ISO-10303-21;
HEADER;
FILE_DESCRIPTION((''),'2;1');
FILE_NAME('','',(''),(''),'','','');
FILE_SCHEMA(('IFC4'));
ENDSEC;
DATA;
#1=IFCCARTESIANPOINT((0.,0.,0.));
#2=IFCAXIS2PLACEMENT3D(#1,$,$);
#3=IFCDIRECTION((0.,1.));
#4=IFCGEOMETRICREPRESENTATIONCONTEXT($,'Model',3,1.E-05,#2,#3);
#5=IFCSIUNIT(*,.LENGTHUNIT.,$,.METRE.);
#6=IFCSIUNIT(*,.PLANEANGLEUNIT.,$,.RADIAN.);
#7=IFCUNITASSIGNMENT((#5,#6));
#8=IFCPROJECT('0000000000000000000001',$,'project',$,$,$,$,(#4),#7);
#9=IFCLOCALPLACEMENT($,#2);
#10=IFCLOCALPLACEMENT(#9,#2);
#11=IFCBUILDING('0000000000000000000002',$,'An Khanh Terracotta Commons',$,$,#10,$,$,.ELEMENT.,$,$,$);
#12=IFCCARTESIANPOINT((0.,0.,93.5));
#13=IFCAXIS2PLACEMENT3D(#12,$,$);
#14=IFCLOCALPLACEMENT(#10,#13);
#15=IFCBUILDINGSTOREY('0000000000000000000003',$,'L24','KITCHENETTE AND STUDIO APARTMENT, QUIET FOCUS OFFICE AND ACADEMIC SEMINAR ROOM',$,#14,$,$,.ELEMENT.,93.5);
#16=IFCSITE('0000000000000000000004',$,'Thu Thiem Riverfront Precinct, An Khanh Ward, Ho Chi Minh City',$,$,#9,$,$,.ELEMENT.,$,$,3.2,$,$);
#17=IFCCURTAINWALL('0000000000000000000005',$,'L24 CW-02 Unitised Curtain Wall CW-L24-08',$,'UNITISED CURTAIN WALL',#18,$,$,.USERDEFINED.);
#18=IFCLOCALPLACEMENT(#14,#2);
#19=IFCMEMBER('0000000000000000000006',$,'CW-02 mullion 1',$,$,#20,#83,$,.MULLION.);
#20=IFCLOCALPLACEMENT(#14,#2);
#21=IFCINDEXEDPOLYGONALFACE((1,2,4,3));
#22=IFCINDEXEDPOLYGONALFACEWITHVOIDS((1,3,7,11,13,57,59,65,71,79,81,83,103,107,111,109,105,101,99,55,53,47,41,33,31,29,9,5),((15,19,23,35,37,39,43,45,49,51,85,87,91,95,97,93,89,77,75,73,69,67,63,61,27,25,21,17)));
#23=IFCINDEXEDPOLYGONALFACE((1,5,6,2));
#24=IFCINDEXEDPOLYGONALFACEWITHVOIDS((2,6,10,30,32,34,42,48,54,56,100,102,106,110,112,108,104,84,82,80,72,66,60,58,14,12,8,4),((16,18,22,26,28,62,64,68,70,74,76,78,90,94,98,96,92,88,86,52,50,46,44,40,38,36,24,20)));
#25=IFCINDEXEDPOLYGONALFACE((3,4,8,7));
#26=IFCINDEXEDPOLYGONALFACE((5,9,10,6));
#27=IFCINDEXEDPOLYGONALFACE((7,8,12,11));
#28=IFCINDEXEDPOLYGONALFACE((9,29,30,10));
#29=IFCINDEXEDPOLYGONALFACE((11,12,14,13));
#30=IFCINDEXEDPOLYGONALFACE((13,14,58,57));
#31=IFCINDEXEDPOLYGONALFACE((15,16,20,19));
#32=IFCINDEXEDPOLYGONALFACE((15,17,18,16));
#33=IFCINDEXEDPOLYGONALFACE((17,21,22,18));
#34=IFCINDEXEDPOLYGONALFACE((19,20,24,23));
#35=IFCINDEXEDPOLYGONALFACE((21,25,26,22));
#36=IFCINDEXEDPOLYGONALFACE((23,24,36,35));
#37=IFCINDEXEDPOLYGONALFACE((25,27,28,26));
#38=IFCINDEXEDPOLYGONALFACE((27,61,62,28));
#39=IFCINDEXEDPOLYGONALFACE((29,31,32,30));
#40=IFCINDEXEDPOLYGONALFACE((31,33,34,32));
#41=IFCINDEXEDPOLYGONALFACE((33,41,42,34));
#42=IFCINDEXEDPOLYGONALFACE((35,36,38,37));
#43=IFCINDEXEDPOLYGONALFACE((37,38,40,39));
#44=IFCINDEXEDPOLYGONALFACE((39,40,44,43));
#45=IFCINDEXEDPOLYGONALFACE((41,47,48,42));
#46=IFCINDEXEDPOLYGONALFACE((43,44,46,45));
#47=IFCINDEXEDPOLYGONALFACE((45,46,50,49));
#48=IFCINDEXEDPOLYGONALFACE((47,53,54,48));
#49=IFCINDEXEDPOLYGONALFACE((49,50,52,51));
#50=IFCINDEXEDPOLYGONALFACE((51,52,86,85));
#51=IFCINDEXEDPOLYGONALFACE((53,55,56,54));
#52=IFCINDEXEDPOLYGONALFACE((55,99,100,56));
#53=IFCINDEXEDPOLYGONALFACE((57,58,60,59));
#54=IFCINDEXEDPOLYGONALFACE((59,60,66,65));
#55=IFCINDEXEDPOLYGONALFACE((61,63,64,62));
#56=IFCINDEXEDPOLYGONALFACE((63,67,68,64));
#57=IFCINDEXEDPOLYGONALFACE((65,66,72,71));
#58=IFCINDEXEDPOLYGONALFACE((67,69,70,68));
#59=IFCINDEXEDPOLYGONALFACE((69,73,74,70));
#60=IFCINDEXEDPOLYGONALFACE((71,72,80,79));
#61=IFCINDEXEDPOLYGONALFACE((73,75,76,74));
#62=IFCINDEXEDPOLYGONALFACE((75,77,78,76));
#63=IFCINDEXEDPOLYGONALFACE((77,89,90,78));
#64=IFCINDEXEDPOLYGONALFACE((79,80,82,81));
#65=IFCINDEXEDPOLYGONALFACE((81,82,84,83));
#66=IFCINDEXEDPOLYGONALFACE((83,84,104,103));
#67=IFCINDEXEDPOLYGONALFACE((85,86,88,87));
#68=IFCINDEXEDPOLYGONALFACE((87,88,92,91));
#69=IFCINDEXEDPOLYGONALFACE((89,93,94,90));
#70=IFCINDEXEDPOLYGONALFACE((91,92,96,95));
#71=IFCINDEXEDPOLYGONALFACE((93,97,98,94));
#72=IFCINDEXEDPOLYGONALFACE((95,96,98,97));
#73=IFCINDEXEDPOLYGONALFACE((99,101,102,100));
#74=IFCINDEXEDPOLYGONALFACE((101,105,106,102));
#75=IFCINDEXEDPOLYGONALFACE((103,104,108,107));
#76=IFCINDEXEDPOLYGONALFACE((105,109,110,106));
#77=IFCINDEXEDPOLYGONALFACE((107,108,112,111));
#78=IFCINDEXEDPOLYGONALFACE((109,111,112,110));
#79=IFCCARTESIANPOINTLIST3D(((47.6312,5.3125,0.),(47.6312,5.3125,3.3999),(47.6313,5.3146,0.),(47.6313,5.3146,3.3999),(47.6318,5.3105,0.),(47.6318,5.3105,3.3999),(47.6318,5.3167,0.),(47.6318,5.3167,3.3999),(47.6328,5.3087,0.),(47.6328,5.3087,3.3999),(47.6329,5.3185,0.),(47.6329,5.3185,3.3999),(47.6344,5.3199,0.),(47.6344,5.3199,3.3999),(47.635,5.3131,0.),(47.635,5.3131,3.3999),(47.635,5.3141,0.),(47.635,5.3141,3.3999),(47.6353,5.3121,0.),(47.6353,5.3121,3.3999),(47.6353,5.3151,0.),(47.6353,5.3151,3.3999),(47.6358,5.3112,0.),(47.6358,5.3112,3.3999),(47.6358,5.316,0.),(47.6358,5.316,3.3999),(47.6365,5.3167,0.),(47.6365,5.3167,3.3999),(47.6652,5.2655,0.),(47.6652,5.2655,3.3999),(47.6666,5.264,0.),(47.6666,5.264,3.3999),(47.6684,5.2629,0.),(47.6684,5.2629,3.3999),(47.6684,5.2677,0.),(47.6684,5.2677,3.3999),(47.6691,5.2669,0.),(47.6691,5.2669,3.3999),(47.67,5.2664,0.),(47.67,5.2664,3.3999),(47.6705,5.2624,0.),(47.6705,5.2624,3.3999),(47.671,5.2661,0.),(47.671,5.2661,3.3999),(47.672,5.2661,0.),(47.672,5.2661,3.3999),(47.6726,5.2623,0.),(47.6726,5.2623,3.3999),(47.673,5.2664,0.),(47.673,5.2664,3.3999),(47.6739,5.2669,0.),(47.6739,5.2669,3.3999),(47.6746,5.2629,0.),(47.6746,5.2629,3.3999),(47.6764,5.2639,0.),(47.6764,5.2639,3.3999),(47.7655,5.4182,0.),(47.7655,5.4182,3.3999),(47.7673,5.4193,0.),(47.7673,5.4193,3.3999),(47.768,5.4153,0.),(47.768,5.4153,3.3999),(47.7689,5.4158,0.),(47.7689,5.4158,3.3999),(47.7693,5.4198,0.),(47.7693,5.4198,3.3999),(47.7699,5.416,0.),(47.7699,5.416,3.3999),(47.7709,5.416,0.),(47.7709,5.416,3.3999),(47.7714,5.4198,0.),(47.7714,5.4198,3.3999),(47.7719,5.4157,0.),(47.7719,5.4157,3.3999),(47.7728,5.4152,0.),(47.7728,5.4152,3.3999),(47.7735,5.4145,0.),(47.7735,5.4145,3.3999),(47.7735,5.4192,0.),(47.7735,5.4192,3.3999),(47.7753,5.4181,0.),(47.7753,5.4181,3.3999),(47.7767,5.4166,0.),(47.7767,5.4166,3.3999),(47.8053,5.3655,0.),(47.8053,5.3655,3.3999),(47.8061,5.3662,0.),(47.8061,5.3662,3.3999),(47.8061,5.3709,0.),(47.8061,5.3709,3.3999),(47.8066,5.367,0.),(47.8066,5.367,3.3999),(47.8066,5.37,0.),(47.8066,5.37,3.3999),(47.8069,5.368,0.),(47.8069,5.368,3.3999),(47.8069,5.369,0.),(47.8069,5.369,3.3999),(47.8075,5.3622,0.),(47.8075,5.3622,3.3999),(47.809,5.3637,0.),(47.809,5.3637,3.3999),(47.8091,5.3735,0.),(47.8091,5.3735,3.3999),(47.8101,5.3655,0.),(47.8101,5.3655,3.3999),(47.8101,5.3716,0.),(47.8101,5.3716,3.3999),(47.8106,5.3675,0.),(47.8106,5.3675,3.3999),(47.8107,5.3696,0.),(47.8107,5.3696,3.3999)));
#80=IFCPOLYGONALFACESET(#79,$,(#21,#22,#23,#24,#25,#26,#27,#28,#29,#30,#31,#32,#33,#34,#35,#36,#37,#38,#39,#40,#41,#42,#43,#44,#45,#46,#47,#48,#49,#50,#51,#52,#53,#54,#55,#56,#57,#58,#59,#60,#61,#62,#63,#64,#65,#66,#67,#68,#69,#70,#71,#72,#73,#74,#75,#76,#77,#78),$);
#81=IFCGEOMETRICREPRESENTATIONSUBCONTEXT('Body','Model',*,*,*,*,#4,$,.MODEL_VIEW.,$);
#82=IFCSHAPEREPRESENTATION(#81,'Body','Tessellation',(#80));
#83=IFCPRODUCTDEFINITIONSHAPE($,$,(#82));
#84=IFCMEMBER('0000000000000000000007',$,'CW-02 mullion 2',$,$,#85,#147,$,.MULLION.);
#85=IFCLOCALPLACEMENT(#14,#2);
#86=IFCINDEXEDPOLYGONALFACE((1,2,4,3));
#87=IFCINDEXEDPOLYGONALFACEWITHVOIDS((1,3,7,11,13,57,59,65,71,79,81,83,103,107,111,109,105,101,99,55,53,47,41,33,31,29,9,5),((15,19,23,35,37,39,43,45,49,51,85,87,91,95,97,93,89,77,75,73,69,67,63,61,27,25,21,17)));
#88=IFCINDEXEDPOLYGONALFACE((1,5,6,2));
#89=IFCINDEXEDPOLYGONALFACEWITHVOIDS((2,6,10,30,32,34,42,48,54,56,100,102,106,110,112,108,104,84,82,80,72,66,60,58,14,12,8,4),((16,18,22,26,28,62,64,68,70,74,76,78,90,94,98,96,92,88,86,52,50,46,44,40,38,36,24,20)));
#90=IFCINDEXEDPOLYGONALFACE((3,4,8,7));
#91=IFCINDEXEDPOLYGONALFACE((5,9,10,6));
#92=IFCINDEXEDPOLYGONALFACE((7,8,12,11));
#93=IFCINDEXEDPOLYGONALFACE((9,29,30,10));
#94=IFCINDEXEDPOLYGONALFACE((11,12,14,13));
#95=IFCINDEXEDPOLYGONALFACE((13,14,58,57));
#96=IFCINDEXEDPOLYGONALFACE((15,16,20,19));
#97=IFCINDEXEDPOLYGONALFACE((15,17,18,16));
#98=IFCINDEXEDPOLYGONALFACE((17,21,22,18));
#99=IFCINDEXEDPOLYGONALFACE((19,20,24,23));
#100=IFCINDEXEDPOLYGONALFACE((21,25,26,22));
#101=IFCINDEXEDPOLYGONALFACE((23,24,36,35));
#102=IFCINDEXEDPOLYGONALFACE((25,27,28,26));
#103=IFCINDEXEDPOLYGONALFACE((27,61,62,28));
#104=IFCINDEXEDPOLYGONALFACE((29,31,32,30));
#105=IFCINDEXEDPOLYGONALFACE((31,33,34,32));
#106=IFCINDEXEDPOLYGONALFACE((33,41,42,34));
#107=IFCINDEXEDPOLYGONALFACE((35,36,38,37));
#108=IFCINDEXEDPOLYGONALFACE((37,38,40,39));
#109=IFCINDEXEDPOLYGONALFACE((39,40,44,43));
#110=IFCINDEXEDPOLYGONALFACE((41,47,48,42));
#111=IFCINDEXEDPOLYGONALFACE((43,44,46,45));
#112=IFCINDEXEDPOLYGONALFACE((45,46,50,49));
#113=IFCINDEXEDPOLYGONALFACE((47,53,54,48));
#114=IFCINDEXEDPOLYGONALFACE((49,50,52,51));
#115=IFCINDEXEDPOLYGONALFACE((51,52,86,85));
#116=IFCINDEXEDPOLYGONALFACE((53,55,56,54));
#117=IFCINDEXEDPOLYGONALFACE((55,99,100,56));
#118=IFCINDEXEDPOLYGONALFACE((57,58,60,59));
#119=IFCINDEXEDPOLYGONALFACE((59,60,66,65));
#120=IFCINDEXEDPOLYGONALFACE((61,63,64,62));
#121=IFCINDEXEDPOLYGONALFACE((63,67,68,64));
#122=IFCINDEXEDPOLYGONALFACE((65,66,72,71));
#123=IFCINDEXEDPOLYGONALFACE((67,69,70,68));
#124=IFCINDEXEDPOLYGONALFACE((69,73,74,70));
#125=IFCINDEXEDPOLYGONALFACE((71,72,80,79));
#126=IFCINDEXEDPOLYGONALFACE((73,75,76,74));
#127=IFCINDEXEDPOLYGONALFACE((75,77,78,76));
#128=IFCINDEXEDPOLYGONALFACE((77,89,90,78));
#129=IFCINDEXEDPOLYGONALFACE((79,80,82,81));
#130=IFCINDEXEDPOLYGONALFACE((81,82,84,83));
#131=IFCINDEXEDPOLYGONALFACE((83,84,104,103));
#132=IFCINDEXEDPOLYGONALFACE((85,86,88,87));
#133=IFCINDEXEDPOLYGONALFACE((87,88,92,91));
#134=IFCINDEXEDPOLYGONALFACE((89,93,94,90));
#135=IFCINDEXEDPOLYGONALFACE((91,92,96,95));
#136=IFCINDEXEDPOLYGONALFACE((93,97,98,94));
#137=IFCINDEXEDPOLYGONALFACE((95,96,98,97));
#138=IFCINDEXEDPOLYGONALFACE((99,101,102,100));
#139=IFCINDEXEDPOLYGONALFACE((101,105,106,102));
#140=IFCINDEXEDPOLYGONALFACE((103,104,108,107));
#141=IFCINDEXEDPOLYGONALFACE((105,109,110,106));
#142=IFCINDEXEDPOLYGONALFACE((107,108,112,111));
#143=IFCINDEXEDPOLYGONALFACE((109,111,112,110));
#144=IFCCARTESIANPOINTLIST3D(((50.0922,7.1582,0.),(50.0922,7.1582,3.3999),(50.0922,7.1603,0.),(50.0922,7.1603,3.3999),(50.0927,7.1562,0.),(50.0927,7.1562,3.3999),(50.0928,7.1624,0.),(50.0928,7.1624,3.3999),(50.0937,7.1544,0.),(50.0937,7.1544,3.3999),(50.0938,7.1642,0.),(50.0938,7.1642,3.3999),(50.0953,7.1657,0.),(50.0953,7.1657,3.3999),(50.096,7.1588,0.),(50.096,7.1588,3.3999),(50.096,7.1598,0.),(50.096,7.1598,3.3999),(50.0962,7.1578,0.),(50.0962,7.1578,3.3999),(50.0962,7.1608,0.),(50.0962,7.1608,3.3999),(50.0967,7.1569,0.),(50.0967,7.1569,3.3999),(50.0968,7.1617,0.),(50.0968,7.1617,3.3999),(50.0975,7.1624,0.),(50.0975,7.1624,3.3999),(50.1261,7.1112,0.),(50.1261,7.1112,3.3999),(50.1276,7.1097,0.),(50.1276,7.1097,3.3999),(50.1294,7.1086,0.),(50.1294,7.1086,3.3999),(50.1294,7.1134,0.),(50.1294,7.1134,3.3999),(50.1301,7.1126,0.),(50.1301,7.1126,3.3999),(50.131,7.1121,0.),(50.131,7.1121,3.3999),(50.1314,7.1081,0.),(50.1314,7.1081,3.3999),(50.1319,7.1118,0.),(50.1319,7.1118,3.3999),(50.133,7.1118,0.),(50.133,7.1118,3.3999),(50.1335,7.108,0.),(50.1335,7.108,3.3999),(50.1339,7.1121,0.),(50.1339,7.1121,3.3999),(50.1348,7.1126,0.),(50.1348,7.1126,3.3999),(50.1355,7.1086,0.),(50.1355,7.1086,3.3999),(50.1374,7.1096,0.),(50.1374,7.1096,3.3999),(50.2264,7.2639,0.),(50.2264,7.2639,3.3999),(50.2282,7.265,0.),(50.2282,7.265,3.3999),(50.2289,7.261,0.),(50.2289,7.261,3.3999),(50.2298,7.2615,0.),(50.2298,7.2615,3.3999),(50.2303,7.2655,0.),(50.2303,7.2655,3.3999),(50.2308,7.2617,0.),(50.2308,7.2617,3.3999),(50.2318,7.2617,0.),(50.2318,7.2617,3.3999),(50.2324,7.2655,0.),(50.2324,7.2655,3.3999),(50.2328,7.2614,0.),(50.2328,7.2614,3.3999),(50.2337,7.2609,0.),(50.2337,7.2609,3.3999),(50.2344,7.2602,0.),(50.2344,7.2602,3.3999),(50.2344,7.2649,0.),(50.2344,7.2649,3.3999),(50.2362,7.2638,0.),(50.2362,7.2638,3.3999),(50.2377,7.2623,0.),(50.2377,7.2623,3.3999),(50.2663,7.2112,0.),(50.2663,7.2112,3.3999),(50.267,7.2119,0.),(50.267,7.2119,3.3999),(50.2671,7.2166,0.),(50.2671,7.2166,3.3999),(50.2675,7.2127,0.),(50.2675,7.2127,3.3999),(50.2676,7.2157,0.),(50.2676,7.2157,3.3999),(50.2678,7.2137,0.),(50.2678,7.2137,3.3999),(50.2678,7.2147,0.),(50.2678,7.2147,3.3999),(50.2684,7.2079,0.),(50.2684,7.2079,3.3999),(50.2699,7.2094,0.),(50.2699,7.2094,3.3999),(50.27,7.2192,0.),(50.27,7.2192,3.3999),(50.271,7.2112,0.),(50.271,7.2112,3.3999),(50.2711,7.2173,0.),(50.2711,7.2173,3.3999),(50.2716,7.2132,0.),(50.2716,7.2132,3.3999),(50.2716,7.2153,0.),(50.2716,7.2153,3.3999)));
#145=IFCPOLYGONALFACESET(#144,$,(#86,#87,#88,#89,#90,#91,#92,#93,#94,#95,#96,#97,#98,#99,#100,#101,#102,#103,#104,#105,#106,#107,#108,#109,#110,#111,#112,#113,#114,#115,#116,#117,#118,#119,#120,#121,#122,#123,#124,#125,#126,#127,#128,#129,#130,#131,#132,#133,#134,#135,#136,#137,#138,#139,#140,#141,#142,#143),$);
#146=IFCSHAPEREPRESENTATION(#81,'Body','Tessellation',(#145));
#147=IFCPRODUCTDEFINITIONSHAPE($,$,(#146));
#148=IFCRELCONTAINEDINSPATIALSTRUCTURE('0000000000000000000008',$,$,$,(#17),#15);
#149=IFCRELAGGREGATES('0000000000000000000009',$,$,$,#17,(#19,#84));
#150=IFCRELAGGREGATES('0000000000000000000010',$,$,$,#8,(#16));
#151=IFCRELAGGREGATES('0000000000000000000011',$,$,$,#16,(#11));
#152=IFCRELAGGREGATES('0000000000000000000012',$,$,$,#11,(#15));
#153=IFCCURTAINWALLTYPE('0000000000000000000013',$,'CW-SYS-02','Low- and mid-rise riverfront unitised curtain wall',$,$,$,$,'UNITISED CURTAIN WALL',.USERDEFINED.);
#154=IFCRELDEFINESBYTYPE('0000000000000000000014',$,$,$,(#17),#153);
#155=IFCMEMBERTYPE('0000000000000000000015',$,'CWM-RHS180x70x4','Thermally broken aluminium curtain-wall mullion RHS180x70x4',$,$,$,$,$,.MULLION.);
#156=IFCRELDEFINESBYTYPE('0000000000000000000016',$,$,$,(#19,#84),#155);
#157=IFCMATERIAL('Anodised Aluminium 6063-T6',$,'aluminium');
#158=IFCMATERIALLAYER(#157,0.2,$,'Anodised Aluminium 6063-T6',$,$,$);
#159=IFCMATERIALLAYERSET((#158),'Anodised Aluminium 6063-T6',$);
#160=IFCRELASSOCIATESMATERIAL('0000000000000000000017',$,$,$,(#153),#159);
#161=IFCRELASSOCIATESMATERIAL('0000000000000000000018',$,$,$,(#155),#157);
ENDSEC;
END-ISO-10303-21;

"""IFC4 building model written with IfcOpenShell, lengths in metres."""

from ifc_helpers import new_model, si_unit, direction, frame, origin, origin_2d, place, context, subcontext, project, spatial, hollow_rectangle, extrude, material, layer, layer_set, material_profile, profile_set, type_object, element, aggregate, save


model = new_model("IFC4")

# Units and contexts
model_context = context("Model", 3, precision=1e-05, world=origin(), true_north=direction((0.0, 1.0)))
body_context = subcontext(model_context, "Body", "Model", "MODEL_VIEW")
ifc_project = project(units=[si_unit("LENGTHUNIT", "METRE"), si_unit("PLANEANGLEUNIT", "RADIAN")], contexts=[model_context])

# Site, building, storey
site_placement = place(None, origin())
site = spatial("IfcSite", under=ifc_project, at=site_placement, Name="Thu Thiem Riverfront Precinct, An Khanh Ward, Ho Chi Minh City", CompositionType="ELEMENT", RefElevation=3.2)
building_placement = place(site_placement, origin())
building = spatial("IfcBuilding", under=site, at=building_placement, Name="An Khanh Terracotta Commons", CompositionType="ELEMENT")
storey_placement = place(building_placement, frame((0.0, 0.0, 93.5)))
storey = spatial("IfcBuildingStorey", under=building, at=storey_placement, Name="L24", Description="KITCHENETTE AND STUDIO APARTMENT, QUIET FOCUS OFFICE AND ACADEMIC SEMINAR ROOM", CompositionType="ELEMENT", Elevation=93.5)

# Curtain wall, members
ifc_material_1 = material(Name="Anodised Aluminium 6063-T6", Category="aluminium")
ifc_layer_1 = layer(ifc_material_1, 0.2, Name="Anodised Aluminium 6063-T6")
ifc_layer_set_1 = layer_set([ifc_layer_1], Name="Anodised Aluminium 6063-T6")
curtain_wall_type = type_object("IfcCurtainWallType", Name="CW-SYS-02", Description="Low- and mid-rise riverfront unitised curtain wall", ElementType="UNITISED CURTAIN WALL", PredefinedType="USERDEFINED", material=ifc_layer_set_1)
curtain_wall_placement = place(storey_placement, origin())
curtain_wall = element("IfcCurtainWall", 1, at=curtain_wall_placement, inside=storey, type_object=curtain_wall_type, Name="L24 CW-02 Unitised Curtain Wall CW-L24-08", ObjectType="UNITISED CURTAIN WALL", PredefinedType="USERDEFINED")
ifc_material_profile_1 = material_profile(ifc_material_1, hollow_rectangle(XDim=0.0701, YDim=0.1799, WallThickness=0.0039, InnerFilletRadius=0.0039, OuterFilletRadius=0.0081, at=origin_2d()), Name="RHS180x70x4")
ifc_profile_set_1 = profile_set([ifc_material_profile_1], Name="Anodised Aluminium 6063-T6")
member_type_1 = type_object("IfcMemberType", Name="CWM-RHS180x70x4", Description="Thermally broken aluminium curtain-wall mullion RHS180x70x4", PredefinedType="MULLION", material=ifc_profile_set_1)
member_1_placement = place(storey_placement, frame((47.7209, 5.3411, 0.0), z_axis=(0.0, 0.0, 1.0), x_axis=(-0.599983, 0.800013, 0.0)))
member_1 = element("IfcMember", 2, at=member_1_placement, type_object=member_type_1, Name="CW-02 mullion 1", PredefinedType="MULLION", context=body_context, shape_type="SweptSolid", body=[
    extrude(hollow_rectangle(XDim=0.0701, YDim=0.1799, WallThickness=0.0039, InnerFilletRadius=0.0039, OuterFilletRadius=0.0081, at=origin_2d()), origin(), (0.0, 0.0, 1.0), 3.3999),
])
member_2_placement = place(storey_placement, frame((50.1819, 7.1868, 0.0), z_axis=(0.0, 0.0, 1.0), x_axis=(-0.599983, 0.800013, 0.0)))
member_2 = element("IfcMember", 3, at=member_2_placement, type_object=member_type_1, Name="CW-02 mullion 2", PredefinedType="MULLION", context=body_context, shape_type="SweptSolid", body=[
    extrude(hollow_rectangle(XDim=0.0701, YDim=0.1799, WallThickness=0.0039, InnerFilletRadius=0.0039, OuterFilletRadius=0.0081, at=origin_2d()), origin(), (0.0, 0.0, 1.0), 3.3999),
])
aggregate(curtain_wall, [member_1, member_2])

save(model, "model.ifc")
